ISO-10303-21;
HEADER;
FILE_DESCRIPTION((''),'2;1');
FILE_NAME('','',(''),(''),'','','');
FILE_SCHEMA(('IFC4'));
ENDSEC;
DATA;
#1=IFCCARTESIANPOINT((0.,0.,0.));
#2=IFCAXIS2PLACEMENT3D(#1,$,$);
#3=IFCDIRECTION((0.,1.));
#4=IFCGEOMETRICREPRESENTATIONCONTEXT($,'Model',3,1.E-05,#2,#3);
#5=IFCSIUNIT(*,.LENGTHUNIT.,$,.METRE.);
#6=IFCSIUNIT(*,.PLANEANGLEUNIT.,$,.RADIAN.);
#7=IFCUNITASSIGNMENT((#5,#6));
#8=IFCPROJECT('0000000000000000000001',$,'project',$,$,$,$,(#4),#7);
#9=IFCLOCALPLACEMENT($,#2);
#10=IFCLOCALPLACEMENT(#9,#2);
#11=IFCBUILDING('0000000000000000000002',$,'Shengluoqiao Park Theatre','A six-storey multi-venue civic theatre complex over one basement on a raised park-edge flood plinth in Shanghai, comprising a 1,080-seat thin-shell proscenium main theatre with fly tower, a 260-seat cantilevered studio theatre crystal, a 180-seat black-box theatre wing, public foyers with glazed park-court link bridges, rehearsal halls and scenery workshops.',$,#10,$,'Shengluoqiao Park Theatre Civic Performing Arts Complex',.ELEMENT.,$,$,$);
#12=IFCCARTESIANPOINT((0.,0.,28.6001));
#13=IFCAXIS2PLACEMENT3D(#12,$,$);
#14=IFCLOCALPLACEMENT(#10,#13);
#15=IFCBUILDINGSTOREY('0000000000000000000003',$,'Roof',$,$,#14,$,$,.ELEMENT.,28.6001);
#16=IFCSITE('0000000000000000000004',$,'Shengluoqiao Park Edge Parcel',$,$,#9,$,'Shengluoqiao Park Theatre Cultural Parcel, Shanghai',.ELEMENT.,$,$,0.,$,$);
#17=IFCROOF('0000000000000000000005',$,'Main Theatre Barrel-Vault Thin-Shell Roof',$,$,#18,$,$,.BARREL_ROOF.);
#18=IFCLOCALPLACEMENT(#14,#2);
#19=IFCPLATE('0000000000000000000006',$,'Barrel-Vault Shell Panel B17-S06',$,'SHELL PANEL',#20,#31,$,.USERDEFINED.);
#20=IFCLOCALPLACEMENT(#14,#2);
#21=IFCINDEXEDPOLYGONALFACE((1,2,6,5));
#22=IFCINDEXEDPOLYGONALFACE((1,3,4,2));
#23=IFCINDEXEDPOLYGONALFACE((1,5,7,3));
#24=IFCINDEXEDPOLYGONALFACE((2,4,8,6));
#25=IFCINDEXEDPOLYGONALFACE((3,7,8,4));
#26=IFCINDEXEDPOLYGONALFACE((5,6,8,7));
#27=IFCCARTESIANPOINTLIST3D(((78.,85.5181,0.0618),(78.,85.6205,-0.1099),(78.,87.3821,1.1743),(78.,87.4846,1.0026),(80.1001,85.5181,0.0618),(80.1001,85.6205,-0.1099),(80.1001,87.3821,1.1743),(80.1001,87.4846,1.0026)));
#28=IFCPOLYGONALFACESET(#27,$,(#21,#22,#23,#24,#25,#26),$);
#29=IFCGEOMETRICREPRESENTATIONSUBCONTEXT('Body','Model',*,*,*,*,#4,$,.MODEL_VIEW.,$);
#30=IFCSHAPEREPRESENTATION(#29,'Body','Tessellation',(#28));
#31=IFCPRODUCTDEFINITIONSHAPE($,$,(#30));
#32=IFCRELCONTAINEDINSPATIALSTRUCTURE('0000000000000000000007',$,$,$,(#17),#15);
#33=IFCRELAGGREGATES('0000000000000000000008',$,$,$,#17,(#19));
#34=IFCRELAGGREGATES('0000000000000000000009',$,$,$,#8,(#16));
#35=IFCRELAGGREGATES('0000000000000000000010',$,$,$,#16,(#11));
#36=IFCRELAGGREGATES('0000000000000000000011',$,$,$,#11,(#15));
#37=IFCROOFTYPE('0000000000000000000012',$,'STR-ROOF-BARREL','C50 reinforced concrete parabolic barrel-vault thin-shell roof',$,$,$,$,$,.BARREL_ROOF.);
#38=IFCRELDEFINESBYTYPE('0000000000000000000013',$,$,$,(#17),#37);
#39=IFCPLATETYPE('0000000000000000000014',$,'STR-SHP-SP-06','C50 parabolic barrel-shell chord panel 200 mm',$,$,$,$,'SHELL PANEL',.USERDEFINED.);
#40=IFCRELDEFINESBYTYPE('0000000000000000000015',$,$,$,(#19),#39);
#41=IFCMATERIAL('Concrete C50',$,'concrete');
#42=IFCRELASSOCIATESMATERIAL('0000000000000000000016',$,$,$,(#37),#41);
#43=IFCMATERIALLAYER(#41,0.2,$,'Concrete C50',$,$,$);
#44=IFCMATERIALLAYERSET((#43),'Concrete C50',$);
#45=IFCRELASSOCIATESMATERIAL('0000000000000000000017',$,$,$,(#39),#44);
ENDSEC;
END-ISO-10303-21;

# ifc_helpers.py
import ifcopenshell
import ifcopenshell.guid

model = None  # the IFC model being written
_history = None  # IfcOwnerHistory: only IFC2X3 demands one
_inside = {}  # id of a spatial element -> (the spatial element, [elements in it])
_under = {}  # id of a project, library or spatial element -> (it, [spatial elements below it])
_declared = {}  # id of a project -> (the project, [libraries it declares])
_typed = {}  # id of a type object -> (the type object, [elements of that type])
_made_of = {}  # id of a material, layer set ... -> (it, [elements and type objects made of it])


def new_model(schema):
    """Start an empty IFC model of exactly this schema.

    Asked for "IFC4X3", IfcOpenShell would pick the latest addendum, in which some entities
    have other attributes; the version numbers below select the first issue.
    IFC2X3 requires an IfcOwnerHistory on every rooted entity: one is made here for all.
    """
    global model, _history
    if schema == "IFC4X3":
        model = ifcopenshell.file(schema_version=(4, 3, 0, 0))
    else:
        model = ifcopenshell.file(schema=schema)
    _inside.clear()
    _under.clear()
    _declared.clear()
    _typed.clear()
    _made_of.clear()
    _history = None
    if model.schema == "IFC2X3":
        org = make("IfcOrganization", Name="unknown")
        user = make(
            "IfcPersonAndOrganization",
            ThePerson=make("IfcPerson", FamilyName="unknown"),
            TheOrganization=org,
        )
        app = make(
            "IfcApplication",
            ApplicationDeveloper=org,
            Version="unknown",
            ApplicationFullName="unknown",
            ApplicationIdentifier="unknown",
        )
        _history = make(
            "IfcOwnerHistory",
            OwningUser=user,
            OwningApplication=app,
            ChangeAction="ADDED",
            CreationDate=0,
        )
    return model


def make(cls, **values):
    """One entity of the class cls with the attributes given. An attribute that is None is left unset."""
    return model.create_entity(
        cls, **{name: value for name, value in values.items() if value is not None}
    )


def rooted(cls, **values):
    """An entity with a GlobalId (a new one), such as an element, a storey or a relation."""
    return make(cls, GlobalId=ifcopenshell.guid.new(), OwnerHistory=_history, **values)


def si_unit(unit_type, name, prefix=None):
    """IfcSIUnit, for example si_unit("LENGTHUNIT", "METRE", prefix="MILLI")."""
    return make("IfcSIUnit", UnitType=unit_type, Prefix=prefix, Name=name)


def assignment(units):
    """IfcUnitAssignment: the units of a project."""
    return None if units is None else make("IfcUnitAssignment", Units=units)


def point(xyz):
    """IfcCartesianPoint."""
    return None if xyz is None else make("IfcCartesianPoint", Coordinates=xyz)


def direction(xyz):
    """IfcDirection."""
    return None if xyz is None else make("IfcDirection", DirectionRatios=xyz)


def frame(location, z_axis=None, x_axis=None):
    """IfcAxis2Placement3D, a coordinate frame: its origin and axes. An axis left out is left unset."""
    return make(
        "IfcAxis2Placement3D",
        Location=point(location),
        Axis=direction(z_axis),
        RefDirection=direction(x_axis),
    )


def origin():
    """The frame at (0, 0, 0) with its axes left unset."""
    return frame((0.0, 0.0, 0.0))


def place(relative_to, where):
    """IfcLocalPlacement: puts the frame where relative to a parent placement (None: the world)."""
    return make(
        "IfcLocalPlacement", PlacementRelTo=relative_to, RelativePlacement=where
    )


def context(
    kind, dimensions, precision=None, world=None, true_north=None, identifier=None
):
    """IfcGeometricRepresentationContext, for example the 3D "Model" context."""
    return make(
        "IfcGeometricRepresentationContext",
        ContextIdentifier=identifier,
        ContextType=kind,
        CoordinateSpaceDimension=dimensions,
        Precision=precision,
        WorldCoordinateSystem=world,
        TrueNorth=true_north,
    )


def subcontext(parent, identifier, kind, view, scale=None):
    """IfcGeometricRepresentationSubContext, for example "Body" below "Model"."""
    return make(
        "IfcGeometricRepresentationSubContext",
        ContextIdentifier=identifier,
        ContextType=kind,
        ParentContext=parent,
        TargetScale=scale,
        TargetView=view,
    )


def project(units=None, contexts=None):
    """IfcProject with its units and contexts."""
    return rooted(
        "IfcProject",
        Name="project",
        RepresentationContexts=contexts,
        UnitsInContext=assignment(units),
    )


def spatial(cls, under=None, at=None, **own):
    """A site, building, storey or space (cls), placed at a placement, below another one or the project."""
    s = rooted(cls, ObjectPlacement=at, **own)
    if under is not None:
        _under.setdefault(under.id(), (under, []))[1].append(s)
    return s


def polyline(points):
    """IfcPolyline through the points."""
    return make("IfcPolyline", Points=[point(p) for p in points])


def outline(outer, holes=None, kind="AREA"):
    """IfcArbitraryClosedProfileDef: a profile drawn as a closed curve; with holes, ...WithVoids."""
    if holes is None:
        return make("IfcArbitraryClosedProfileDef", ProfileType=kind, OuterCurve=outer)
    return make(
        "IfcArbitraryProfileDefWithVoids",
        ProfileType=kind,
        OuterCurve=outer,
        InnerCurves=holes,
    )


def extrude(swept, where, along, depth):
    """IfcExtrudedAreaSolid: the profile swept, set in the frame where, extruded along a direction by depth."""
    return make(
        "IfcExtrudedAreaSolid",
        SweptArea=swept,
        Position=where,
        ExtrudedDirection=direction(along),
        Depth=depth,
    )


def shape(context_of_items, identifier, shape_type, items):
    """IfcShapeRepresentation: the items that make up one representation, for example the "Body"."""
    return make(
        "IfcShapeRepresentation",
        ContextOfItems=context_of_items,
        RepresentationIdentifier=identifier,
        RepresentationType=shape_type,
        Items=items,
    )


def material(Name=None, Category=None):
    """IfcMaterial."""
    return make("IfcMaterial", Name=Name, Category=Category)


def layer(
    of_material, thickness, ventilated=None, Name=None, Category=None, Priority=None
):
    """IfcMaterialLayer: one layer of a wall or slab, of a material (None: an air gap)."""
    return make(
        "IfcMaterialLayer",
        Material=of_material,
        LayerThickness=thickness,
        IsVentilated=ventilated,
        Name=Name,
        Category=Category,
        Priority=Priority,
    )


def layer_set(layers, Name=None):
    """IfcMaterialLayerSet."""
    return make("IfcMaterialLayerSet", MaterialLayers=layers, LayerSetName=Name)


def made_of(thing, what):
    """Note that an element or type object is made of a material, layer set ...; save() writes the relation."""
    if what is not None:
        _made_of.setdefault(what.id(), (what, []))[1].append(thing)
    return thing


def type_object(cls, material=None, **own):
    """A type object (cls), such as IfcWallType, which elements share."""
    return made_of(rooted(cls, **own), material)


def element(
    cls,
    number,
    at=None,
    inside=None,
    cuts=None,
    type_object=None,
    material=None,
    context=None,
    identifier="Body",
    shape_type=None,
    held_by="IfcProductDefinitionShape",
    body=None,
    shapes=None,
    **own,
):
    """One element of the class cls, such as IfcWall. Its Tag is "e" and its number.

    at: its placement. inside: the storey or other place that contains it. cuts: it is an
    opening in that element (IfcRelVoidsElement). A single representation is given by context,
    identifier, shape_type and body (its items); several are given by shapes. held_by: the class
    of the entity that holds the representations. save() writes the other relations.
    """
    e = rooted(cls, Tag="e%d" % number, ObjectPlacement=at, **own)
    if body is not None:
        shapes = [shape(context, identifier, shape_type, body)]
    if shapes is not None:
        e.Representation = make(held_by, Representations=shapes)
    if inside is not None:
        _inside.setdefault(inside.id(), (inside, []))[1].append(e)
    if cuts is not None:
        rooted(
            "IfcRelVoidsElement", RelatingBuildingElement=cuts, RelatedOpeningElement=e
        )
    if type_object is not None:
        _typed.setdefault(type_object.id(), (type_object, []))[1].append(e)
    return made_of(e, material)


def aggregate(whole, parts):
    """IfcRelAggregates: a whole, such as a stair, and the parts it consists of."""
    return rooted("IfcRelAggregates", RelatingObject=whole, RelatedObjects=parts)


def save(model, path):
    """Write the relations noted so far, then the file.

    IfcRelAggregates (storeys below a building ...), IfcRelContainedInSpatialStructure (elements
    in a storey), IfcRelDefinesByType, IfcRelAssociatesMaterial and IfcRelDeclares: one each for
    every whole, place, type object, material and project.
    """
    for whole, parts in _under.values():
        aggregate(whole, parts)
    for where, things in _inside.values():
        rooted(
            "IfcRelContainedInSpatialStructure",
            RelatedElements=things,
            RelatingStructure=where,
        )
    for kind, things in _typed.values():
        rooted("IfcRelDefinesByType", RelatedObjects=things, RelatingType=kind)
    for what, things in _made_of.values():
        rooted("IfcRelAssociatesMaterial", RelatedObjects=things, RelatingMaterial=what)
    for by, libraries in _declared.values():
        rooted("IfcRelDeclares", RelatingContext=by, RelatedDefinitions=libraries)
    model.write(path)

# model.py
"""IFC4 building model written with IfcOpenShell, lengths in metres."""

from ifc_helpers import new_model, si_unit, direction, frame, origin, place, context, subcontext, project, spatial, polyline, outline, extrude, material, layer, layer_set, type_object, element, aggregate, save


model = new_model("IFC4")

# Units and contexts
model_context = context("Model", 3, precision=1e-05, world=origin(), true_north=direction((0.0, 1.0)))
body_context = subcontext(model_context, "Body", "Model", "MODEL_VIEW")
ifc_project = project(units=[si_unit("LENGTHUNIT", "METRE"), si_unit("PLANEANGLEUNIT", "RADIAN")], contexts=[model_context])

# Site, building, storey
site_placement = place(None, origin())
site = spatial("IfcSite", under=ifc_project, at=site_placement, Name="Shengluoqiao Park Edge Parcel", LongName="Shengluoqiao Park Theatre Cultural Parcel, Shanghai", CompositionType="ELEMENT", RefElevation=0.0)
building_placement = place(site_placement, origin())
building = spatial("IfcBuilding", under=site, at=building_placement, Name="Shengluoqiao Park Theatre", Description="A six-storey multi-venue civic theatre complex over one basement on a raised park-edge flood plinth in Shanghai, comprising a 1,080-seat thin-shell proscenium main theatre with fly tower, a 260-seat cantilevered studio theatre crystal, a 180-seat black-box theatre wing, public foyers with glazed park-court link bridges, rehearsal halls and scenery workshops.", LongName="Shengluoqiao Park Theatre Civic Performing Arts Complex", CompositionType="ELEMENT")
storey_placement = place(building_placement, frame((0.0, 0.0, 28.6001)))
storey = spatial("IfcBuildingStorey", under=building, at=storey_placement, Name="Roof", CompositionType="ELEMENT", Elevation=28.6001)

# Shared definitions
ifc_material_1 = material(Name="Concrete C50", Category="concrete")

# Roof, plate
roof_type = type_object("IfcRoofType", Name="STR-ROOF-BARREL", Description="C50 reinforced concrete parabolic barrel-vault thin-shell roof", PredefinedType="BARREL_ROOF", material=ifc_material_1)
roof_placement = place(storey_placement, origin())
roof = element("IfcRoof", 1, at=roof_placement, inside=storey, type_object=roof_type, Name="Main Theatre Barrel-Vault Thin-Shell Roof", PredefinedType="BARREL_ROOF")
ifc_layer_1 = layer(ifc_material_1, 0.2, Name="Concrete C50")
ifc_layer_set_1 = layer_set([ifc_layer_1], Name="Concrete C50")
plate_type_1 = type_object("IfcPlateType", Name="STR-SHP-SP-06", Description="C50 parabolic barrel-shell chord panel 200 mm", ElementType="SHELL PANEL", PredefinedType="USERDEFINED", material=ifc_layer_set_1)
plate_1_placement = place(storey_placement, frame((78.0, 85.5181, 0.0618), z_axis=(0.0, -0.51251, 0.858681), x_axis=(1.0, 0.0, 0.0)))
plate_1 = element("IfcPlate", 2, at=plate_1_placement, type_object=plate_type_1, Name="Barrel-Vault Shell Panel B17-S06", ObjectType="SHELL PANEL", PredefinedType="USERDEFINED", context=body_context, shape_type="SweptSolid", body=[
    extrude(outline(polyline([(0.0, 0.0), (2.1001, 0.0), (2.1001, 2.1708), (0.0, 2.1708), (0.0, 0.0)])), origin(), (0.0, 0.0, -1.0), 0.2),
])
aggregate(roof, [plate_1])

save(model, "model.ifc")
